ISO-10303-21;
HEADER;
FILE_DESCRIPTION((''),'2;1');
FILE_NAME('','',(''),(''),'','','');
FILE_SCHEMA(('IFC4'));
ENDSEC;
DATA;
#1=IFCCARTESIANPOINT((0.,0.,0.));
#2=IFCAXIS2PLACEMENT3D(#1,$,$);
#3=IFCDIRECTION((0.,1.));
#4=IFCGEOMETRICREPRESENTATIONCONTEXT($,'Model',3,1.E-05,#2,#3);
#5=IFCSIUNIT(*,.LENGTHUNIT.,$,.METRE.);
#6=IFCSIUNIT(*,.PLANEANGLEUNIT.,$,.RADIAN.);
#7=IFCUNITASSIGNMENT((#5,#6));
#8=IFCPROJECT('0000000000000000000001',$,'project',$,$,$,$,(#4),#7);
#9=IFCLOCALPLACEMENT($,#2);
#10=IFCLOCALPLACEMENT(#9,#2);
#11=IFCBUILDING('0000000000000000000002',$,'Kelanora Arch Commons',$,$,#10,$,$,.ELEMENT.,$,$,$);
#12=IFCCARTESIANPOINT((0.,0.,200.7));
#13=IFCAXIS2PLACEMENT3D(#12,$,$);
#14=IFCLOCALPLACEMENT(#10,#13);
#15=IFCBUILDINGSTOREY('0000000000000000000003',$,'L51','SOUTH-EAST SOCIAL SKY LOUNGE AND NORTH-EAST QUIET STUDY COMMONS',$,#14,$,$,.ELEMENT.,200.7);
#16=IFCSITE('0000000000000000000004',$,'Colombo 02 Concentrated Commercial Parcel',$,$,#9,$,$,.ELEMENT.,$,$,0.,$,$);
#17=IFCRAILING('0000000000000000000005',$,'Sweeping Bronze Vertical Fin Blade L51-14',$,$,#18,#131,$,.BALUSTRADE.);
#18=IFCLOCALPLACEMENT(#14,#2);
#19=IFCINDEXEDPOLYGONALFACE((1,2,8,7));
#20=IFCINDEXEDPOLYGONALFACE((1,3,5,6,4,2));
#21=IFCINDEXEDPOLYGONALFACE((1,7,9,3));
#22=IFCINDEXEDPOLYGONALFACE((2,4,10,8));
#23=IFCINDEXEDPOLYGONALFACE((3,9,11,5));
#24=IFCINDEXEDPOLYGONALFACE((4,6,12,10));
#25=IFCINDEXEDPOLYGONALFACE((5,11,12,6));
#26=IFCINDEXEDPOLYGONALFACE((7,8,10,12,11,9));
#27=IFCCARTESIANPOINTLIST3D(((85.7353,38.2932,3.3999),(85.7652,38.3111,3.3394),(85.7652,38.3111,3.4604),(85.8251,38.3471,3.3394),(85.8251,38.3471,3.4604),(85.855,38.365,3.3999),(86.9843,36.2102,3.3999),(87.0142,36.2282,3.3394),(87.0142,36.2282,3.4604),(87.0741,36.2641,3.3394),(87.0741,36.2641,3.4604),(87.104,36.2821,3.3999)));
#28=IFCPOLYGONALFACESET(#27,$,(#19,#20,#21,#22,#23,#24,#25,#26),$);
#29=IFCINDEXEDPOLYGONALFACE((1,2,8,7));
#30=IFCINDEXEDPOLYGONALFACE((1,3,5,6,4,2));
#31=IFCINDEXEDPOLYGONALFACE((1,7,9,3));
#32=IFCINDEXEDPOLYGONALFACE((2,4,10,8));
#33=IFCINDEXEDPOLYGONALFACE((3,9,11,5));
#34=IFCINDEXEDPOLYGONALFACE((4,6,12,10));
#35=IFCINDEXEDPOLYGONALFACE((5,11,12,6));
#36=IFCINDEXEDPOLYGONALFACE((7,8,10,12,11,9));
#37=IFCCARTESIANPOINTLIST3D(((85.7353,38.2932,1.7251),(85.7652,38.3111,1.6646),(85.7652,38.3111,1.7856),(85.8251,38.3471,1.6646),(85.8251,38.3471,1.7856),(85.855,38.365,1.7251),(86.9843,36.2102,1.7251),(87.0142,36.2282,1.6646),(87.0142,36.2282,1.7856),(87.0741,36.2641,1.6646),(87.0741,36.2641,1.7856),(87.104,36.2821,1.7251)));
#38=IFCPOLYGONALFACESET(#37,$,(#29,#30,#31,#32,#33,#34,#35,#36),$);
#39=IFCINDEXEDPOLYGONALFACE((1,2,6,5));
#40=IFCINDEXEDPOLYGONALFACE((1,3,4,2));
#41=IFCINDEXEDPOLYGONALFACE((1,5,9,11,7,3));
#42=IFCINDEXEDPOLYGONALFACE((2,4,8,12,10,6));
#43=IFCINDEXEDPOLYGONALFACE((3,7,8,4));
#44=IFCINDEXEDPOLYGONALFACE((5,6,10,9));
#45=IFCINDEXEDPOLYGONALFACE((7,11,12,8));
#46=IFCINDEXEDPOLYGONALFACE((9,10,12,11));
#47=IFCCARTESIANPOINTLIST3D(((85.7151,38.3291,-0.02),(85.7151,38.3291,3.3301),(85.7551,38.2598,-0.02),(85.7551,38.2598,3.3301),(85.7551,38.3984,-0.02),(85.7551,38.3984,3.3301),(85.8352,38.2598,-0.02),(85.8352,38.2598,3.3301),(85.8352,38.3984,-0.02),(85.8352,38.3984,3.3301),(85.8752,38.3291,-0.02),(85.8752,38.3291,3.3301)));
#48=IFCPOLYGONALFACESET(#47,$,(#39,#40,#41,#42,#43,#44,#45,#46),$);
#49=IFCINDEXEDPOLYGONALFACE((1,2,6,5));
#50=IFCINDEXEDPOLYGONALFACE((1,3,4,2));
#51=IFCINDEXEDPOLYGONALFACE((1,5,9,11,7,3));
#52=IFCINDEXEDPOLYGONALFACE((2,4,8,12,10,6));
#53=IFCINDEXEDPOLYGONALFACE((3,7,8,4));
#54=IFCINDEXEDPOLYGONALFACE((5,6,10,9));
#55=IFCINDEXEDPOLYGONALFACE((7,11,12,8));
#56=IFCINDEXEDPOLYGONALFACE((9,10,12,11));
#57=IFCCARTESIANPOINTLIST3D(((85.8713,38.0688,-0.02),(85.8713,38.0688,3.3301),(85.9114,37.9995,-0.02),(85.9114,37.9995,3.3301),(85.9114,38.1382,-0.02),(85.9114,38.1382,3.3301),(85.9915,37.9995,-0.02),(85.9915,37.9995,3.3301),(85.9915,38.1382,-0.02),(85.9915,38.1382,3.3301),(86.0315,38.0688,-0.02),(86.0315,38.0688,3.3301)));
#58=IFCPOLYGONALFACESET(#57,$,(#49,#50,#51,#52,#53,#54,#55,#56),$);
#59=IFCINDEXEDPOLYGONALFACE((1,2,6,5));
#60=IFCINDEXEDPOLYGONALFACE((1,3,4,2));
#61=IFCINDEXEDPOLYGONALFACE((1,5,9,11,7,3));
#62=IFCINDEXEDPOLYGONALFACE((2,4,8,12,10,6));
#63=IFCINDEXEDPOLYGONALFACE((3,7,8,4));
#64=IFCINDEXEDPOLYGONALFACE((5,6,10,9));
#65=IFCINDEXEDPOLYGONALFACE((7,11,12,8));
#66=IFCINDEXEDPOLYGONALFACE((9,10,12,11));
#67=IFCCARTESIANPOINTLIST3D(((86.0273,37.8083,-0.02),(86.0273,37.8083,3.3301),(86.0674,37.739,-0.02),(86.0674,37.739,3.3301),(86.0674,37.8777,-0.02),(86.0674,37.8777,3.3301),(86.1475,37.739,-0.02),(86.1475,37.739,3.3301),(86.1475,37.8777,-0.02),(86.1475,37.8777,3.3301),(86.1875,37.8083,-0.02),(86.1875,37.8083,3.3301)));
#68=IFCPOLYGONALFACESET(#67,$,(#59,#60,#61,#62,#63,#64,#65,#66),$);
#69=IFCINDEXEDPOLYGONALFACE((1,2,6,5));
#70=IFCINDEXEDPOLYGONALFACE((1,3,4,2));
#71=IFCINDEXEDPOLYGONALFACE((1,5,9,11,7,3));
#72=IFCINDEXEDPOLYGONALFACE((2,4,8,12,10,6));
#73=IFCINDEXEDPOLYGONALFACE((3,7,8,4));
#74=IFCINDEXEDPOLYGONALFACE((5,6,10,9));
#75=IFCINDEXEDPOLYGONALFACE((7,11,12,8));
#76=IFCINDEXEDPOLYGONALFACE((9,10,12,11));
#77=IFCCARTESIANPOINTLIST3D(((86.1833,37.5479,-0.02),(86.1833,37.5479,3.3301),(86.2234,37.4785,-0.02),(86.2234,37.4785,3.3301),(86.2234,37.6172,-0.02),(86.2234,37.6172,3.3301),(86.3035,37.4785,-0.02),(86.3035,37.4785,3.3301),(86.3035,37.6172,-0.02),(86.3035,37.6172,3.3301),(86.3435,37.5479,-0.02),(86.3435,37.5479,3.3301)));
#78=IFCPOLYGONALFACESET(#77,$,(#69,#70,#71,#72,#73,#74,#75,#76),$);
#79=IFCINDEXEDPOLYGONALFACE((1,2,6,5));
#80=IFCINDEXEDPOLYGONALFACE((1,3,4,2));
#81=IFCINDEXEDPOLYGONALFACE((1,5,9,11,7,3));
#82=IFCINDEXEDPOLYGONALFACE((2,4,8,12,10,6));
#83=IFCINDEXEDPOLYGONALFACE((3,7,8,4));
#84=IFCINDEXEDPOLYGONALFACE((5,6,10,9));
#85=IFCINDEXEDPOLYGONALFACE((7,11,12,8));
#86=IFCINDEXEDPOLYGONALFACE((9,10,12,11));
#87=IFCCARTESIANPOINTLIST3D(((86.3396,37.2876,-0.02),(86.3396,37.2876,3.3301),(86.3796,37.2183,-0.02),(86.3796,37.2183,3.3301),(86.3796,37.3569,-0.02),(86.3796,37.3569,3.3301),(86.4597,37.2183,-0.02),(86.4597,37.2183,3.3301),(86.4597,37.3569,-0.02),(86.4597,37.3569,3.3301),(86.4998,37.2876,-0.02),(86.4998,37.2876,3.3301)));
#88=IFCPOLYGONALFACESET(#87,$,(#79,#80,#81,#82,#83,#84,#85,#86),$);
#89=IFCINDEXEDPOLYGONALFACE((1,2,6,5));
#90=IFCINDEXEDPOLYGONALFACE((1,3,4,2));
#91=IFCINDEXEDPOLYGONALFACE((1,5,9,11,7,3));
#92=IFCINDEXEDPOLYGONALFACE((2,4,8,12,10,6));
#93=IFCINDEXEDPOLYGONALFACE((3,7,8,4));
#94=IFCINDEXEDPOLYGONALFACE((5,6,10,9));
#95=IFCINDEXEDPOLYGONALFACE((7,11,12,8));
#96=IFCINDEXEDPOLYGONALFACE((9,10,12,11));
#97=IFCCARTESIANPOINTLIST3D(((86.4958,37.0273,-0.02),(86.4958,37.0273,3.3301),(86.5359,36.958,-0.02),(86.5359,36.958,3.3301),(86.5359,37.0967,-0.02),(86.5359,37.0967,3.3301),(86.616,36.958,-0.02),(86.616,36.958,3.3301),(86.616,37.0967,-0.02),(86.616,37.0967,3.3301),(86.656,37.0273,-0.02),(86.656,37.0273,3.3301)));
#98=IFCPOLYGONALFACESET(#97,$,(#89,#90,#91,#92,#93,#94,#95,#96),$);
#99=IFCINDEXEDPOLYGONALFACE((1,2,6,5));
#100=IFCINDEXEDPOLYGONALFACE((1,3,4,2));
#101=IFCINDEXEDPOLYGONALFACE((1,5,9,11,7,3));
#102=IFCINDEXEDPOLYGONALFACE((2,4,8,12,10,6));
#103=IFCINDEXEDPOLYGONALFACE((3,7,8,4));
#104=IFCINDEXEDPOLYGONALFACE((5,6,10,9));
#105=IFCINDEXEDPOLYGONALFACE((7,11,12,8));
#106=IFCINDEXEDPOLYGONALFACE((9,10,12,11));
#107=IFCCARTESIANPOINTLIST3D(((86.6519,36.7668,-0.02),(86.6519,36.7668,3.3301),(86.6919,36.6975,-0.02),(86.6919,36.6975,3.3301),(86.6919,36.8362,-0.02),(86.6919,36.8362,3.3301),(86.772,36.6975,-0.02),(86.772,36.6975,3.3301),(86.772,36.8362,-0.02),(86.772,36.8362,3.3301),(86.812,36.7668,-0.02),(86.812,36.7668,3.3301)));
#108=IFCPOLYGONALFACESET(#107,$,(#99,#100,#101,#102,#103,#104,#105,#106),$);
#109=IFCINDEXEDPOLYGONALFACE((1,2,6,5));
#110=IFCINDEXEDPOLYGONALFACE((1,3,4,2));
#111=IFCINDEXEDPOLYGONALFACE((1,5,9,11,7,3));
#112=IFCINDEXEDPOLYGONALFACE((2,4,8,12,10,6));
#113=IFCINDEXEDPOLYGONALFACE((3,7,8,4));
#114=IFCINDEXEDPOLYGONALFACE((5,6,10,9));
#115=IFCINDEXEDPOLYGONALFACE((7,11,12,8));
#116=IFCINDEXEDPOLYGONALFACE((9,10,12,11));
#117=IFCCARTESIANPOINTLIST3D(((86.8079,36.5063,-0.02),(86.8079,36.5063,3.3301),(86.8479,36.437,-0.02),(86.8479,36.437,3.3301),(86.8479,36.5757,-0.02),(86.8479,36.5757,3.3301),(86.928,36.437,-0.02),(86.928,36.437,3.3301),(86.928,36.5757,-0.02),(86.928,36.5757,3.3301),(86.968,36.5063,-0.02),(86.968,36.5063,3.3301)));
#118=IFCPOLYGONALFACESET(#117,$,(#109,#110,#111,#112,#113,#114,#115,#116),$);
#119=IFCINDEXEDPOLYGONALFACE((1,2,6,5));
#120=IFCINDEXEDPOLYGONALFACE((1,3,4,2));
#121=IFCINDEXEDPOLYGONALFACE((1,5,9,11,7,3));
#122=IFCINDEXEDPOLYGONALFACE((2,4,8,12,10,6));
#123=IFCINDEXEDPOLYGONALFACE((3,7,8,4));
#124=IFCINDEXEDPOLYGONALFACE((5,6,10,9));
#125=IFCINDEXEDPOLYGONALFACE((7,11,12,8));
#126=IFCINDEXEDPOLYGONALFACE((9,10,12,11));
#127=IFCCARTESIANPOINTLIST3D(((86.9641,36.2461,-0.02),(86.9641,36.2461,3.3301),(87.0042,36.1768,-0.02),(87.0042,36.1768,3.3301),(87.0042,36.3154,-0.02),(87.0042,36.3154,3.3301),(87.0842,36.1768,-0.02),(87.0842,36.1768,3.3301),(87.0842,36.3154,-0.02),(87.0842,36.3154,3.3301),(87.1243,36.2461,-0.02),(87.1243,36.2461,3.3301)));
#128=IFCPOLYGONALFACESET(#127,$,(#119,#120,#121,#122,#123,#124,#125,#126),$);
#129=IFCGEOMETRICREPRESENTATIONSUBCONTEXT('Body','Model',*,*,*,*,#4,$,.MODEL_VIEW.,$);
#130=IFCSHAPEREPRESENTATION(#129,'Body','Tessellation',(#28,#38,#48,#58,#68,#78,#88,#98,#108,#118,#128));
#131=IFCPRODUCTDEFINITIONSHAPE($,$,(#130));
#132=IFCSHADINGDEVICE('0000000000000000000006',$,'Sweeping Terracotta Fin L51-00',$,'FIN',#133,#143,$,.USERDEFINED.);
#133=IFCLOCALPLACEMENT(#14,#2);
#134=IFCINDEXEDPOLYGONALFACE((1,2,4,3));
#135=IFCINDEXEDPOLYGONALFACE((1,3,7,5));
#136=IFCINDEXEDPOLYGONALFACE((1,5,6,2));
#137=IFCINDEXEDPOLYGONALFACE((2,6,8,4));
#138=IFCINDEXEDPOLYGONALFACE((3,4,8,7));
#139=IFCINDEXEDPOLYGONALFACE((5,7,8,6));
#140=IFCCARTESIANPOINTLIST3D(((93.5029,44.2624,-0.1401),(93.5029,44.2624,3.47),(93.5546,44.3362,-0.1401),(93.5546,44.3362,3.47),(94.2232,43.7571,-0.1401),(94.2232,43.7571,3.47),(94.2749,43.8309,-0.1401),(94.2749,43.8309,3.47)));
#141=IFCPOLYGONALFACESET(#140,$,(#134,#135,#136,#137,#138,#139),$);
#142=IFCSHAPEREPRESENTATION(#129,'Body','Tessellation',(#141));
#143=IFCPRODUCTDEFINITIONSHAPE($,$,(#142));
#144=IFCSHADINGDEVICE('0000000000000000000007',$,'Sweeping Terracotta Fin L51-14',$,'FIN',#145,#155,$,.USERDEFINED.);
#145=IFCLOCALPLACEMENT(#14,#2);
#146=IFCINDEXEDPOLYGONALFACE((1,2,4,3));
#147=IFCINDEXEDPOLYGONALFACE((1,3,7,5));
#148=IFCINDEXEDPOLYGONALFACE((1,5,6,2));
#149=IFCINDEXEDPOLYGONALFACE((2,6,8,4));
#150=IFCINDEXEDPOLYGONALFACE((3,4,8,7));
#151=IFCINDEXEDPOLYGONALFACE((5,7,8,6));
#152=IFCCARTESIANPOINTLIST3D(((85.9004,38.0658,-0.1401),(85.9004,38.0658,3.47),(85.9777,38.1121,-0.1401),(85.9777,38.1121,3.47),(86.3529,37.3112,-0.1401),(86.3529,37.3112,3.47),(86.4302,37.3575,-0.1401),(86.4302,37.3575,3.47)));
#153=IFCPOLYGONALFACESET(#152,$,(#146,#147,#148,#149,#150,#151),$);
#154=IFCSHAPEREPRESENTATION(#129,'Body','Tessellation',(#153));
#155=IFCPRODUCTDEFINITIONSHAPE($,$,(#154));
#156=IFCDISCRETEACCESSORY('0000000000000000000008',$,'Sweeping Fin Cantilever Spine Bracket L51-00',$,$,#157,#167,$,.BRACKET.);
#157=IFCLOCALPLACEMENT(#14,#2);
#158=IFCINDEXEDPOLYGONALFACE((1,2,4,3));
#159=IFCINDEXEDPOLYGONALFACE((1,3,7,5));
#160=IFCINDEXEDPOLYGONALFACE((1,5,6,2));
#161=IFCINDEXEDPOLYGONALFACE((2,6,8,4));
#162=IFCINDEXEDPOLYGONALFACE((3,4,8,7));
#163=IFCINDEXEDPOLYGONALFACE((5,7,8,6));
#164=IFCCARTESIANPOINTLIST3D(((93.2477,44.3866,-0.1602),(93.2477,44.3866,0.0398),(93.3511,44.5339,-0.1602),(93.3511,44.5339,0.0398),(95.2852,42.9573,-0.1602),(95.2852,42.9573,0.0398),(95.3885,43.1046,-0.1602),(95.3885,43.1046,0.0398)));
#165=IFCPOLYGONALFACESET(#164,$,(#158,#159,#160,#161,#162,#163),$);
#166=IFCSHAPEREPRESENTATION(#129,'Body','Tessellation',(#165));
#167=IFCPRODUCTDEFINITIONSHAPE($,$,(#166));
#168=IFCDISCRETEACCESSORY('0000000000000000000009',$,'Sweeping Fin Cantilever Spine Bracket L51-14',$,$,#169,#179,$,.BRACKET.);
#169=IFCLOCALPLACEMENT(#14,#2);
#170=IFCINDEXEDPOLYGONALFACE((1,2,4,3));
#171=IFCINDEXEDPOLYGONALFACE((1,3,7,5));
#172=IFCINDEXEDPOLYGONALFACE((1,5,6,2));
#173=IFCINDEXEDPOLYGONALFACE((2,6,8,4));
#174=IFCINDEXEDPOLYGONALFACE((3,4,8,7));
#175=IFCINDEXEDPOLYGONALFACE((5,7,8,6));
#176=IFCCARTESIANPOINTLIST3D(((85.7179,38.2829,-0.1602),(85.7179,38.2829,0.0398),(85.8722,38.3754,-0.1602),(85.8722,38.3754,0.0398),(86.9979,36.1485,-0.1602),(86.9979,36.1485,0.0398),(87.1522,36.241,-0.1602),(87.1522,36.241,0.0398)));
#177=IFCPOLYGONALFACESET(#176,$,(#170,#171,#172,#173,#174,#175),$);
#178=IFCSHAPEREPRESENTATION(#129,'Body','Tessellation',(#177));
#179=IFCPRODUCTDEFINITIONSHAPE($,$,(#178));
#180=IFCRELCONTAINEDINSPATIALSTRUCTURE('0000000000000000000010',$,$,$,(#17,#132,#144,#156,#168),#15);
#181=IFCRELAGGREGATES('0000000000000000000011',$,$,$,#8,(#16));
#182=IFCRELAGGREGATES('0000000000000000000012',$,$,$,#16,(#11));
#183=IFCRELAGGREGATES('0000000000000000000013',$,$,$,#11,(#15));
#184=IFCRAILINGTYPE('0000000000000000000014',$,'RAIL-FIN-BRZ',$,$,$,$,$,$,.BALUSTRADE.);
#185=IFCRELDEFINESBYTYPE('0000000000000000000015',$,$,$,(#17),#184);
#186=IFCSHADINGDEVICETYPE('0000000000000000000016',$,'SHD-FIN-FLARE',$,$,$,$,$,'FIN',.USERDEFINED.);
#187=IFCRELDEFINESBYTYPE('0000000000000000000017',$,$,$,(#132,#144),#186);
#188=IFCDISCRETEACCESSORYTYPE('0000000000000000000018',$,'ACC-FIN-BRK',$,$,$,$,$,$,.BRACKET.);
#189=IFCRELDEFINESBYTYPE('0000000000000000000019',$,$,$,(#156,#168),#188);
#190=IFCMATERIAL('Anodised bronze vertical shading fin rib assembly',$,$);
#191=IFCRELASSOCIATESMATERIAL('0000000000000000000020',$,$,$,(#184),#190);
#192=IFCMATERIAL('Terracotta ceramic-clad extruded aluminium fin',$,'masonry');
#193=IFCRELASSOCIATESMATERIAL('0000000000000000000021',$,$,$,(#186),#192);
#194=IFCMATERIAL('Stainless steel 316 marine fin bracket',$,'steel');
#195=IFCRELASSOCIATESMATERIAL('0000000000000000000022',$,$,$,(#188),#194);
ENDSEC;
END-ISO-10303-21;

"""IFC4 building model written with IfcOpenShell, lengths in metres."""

from ifc_helpers import new_model, si_unit, direction, frame, origin, origin_2d, place, context, subcontext, project, spatial, polyline, rectangle, outline, extrude, source, transform, mapped, material, type_object, element, save


model = new_model("IFC4")

# Units and contexts
model_context = context("Model", 3, precision=1e-05, world=origin(), true_north=direction((0.0, 1.0)))
body_context = subcontext(model_context, "Body", "Model", "MODEL_VIEW")
ifc_project = project(units=[si_unit("LENGTHUNIT", "METRE"), si_unit("PLANEANGLEUNIT", "RADIAN")], contexts=[model_context])

# Site, building, storey
site_placement = place(None, origin())
site = spatial("IfcSite", under=ifc_project, at=site_placement, Name="Colombo 02 Concentrated Commercial Parcel", CompositionType="ELEMENT", RefElevation=0.0)
building_placement = place(site_placement, origin())
building = spatial("IfcBuilding", under=site, at=building_placement, Name="Kelanora Arch Commons", CompositionType="ELEMENT")
storey_placement = place(building_placement, frame((0.0, 0.0, 200.7)))
storey = spatial("IfcBuildingStorey", under=building, at=storey_placement, Name="L51", Description="SOUTH-EAST SOCIAL SKY LOUNGE AND NORTH-EAST QUIET STUDY COMMONS", CompositionType="ELEMENT", Elevation=200.7)

# Railing
ifc_material_1 = material(Name="Anodised bronze vertical shading fin rib assembly")
railing_type = type_object("IfcRailingType", Name="RAIL-FIN-BRZ", PredefinedType="BALUSTRADE", material=ifc_material_1)
railing_1_placement = place(storey_placement, frame((85.7952, 38.3291, -0.02)))
element("IfcRailing", 1, at=railing_1_placement, inside=storey, type_object=railing_type, Name="Sweeping Bronze Vertical Fin Blade L51-14", PredefinedType="BALUSTRADE", context=body_context, shape_type="SweptSolid", body=[
    extrude(outline(polyline([(0.0698, 0.0), (0.0349, 0.0605), (-0.0349, 0.0605), (-0.0698, 0.0), (-0.0349, -0.0605), (0.0349, -0.0605), (0.0698, 0.0)])), frame((0.0, 0.0, 3.4199), z_axis=(0.514259, -0.857635, 0.0), x_axis=(0.857635, 0.514259, 0.0)), (0.0, 0.0, 1.0), 2.4287),
    extrude(outline(polyline([(0.0698, 0.0), (0.0349, 0.0605), (-0.0349, 0.0605), (-0.0698, 0.0), (-0.0349, -0.0605), (0.0349, -0.0605), (0.0698, 0.0)])), frame((0.0, 0.0, 1.7451), z_axis=(0.514259, -0.857635, 0.0), x_axis=(0.857635, 0.514259, 0.0)), (0.0, 0.0, 1.0), 2.4287),
    extrude(outline(polyline([(0.0801, 0.0), (0.04, 0.0693), (-0.04, 0.0693), (-0.0801, 0.0), (-0.04, -0.0693), (0.04, -0.0693), (0.0801, 0.0)])), origin(), (0.0, 0.0, 1.0), 3.3501),
    extrude(outline(polyline([(0.0801, 0.0), (0.04, 0.0693), (-0.04, 0.0693), (-0.0801, 0.0), (-0.04, -0.0693), (0.04, -0.0693), (0.0801, 0.0)])), frame((0.1562, -0.2603, 0.0)), (0.0, 0.0, 1.0), 3.3501),
    extrude(outline(polyline([(0.0801, 0.0), (0.04, 0.0693), (-0.04, 0.0693), (-0.0801, 0.0), (-0.04, -0.0693), (0.04, -0.0693), (0.0801, 0.0)])), frame((0.3123, -0.5208, 0.0)), (0.0, 0.0, 1.0), 3.3501),
    extrude(outline(polyline([(0.0801, 0.0), (0.04, 0.0693), (-0.04, 0.0693), (-0.0801, 0.0), (-0.04, -0.0693), (0.04, -0.0693), (0.0801, 0.0)])), frame((0.4683, -0.7812, 0.0)), (0.0, 0.0, 1.0), 3.3501),
    extrude(outline(polyline([(0.0801, 0.0), (0.04, 0.0693), (-0.04, 0.0693), (-0.0801, 0.0), (-0.04, -0.0693), (0.04, -0.0693), (0.0801, 0.0)])), frame((0.6245, -1.0415, 0.0)), (0.0, 0.0, 1.0), 3.3501),
    extrude(outline(polyline([(0.0801, 0.0), (0.04, 0.0693), (-0.04, 0.0693), (-0.0801, 0.0), (-0.04, -0.0693), (0.04, -0.0693), (0.0801, 0.0)])), frame((0.7808, -1.3018, 0.0)), (0.0, 0.0, 1.0), 3.3501),
    extrude(outline(polyline([(0.0801, 0.0), (0.04, 0.0693), (-0.04, 0.0693), (-0.0801, 0.0), (-0.04, -0.0693), (0.04, -0.0693), (0.0801, 0.0)])), frame((0.9368, -1.5623, 0.0)), (0.0, 0.0, 1.0), 3.3501),
    extrude(outline(polyline([(0.0801, 0.0), (0.04, 0.0693), (-0.04, 0.0693), (-0.0801, 0.0), (-0.04, -0.0693), (0.04, -0.0693), (0.0801, 0.0)])), frame((1.0928, -1.8228, 0.0)), (0.0, 0.0, 1.0), 3.3501),
    extrude(outline(polyline([(0.0801, 0.0), (0.04, 0.0693), (-0.04, 0.0693), (-0.0801, 0.0), (-0.04, -0.0693), (0.04, -0.0693), (0.0801, 0.0)])), frame((1.249, -2.083, 0.0)), (0.0, 0.0, 1.0), 3.3501),
])

# Shading devices
ifc_material_2 = material(Name="Terracotta ceramic-clad extruded aluminium fin", Category="masonry")
shading_device_type = type_object("IfcShadingDeviceType", Name="SHD-FIN-FLARE", ElementType="FIN", PredefinedType="USERDEFINED", material=ifc_material_2)
shared_shape_1 = source(origin(), body_context, "Body", "SweptSolid", [
    extrude(rectangle(XDim=0.8799, YDim=0.0901, at=origin_2d()), origin(), (0.0, 0.0, 1.0), 3.6101),
])
for number, where, z_axis, x_axis, name in (
    (2, (93.8889, 44.0466, -0.1401), (0.0, 0.0, 1.0), (0.818651, -0.574291, 0.0), "Sweeping Terracotta Fin L51-00"),
    (3, (86.1653, 37.7117, -0.1401), (0.0, 0.0, 1.0), (0.51429, -0.857616, 0.0), "Sweeping Terracotta Fin L51-14"),
):
    element("IfcShadingDevice", number, at=place(storey_placement, frame(where, z_axis=z_axis, x_axis=x_axis)), inside=storey, type_object=shading_device_type, Name=name, ObjectType="FIN", PredefinedType="USERDEFINED", context=body_context, shape_type="MappedRepresentation", body=[
        mapped(shared_shape_1, transform((0.0, 0.0, 0.0), scale=1.0)),
    ])

# Discrete accessories
ifc_material_3 = material(Name="Stainless steel 316 marine fin bracket", Category="steel")
discrete_accessory_type = type_object("IfcDiscreteAccessoryType", Name="ACC-FIN-BRK", PredefinedType="BRACKET", material=ifc_material_3)
shared_shape_2 = source(origin(), body_context, "Body", "SweptSolid", [
    extrude(rectangle(XDim=2.4888, YDim=0.1799, at=origin_2d()), origin(), (0.0, 0.0, 1.0), 0.2),
])
for number, where, z_axis, x_axis, name in (
    (4, (94.3181, 43.7456, -0.1602), (0.0, 0.0, 1.0), (0.818651, -0.574291, 0.0), "Sweeping Fin Cantilever Spine Bracket L51-00"),
    (5, (86.4351, 37.262, -0.1602), (0.0, 0.0, 1.0), (0.51429, -0.857616, 0.0), "Sweeping Fin Cantilever Spine Bracket L51-14"),
):
    element("IfcDiscreteAccessory", number, at=place(storey_placement, frame(where, z_axis=z_axis, x_axis=x_axis)), inside=storey, type_object=discrete_accessory_type, Name=name, PredefinedType="BRACKET", context=body_context, shape_type="MappedRepresentation", body=[
        mapped(shared_shape_2, transform((0.0, 0.0, 0.0), scale=1.0)),
    ])

save(model, "model.ifc")
